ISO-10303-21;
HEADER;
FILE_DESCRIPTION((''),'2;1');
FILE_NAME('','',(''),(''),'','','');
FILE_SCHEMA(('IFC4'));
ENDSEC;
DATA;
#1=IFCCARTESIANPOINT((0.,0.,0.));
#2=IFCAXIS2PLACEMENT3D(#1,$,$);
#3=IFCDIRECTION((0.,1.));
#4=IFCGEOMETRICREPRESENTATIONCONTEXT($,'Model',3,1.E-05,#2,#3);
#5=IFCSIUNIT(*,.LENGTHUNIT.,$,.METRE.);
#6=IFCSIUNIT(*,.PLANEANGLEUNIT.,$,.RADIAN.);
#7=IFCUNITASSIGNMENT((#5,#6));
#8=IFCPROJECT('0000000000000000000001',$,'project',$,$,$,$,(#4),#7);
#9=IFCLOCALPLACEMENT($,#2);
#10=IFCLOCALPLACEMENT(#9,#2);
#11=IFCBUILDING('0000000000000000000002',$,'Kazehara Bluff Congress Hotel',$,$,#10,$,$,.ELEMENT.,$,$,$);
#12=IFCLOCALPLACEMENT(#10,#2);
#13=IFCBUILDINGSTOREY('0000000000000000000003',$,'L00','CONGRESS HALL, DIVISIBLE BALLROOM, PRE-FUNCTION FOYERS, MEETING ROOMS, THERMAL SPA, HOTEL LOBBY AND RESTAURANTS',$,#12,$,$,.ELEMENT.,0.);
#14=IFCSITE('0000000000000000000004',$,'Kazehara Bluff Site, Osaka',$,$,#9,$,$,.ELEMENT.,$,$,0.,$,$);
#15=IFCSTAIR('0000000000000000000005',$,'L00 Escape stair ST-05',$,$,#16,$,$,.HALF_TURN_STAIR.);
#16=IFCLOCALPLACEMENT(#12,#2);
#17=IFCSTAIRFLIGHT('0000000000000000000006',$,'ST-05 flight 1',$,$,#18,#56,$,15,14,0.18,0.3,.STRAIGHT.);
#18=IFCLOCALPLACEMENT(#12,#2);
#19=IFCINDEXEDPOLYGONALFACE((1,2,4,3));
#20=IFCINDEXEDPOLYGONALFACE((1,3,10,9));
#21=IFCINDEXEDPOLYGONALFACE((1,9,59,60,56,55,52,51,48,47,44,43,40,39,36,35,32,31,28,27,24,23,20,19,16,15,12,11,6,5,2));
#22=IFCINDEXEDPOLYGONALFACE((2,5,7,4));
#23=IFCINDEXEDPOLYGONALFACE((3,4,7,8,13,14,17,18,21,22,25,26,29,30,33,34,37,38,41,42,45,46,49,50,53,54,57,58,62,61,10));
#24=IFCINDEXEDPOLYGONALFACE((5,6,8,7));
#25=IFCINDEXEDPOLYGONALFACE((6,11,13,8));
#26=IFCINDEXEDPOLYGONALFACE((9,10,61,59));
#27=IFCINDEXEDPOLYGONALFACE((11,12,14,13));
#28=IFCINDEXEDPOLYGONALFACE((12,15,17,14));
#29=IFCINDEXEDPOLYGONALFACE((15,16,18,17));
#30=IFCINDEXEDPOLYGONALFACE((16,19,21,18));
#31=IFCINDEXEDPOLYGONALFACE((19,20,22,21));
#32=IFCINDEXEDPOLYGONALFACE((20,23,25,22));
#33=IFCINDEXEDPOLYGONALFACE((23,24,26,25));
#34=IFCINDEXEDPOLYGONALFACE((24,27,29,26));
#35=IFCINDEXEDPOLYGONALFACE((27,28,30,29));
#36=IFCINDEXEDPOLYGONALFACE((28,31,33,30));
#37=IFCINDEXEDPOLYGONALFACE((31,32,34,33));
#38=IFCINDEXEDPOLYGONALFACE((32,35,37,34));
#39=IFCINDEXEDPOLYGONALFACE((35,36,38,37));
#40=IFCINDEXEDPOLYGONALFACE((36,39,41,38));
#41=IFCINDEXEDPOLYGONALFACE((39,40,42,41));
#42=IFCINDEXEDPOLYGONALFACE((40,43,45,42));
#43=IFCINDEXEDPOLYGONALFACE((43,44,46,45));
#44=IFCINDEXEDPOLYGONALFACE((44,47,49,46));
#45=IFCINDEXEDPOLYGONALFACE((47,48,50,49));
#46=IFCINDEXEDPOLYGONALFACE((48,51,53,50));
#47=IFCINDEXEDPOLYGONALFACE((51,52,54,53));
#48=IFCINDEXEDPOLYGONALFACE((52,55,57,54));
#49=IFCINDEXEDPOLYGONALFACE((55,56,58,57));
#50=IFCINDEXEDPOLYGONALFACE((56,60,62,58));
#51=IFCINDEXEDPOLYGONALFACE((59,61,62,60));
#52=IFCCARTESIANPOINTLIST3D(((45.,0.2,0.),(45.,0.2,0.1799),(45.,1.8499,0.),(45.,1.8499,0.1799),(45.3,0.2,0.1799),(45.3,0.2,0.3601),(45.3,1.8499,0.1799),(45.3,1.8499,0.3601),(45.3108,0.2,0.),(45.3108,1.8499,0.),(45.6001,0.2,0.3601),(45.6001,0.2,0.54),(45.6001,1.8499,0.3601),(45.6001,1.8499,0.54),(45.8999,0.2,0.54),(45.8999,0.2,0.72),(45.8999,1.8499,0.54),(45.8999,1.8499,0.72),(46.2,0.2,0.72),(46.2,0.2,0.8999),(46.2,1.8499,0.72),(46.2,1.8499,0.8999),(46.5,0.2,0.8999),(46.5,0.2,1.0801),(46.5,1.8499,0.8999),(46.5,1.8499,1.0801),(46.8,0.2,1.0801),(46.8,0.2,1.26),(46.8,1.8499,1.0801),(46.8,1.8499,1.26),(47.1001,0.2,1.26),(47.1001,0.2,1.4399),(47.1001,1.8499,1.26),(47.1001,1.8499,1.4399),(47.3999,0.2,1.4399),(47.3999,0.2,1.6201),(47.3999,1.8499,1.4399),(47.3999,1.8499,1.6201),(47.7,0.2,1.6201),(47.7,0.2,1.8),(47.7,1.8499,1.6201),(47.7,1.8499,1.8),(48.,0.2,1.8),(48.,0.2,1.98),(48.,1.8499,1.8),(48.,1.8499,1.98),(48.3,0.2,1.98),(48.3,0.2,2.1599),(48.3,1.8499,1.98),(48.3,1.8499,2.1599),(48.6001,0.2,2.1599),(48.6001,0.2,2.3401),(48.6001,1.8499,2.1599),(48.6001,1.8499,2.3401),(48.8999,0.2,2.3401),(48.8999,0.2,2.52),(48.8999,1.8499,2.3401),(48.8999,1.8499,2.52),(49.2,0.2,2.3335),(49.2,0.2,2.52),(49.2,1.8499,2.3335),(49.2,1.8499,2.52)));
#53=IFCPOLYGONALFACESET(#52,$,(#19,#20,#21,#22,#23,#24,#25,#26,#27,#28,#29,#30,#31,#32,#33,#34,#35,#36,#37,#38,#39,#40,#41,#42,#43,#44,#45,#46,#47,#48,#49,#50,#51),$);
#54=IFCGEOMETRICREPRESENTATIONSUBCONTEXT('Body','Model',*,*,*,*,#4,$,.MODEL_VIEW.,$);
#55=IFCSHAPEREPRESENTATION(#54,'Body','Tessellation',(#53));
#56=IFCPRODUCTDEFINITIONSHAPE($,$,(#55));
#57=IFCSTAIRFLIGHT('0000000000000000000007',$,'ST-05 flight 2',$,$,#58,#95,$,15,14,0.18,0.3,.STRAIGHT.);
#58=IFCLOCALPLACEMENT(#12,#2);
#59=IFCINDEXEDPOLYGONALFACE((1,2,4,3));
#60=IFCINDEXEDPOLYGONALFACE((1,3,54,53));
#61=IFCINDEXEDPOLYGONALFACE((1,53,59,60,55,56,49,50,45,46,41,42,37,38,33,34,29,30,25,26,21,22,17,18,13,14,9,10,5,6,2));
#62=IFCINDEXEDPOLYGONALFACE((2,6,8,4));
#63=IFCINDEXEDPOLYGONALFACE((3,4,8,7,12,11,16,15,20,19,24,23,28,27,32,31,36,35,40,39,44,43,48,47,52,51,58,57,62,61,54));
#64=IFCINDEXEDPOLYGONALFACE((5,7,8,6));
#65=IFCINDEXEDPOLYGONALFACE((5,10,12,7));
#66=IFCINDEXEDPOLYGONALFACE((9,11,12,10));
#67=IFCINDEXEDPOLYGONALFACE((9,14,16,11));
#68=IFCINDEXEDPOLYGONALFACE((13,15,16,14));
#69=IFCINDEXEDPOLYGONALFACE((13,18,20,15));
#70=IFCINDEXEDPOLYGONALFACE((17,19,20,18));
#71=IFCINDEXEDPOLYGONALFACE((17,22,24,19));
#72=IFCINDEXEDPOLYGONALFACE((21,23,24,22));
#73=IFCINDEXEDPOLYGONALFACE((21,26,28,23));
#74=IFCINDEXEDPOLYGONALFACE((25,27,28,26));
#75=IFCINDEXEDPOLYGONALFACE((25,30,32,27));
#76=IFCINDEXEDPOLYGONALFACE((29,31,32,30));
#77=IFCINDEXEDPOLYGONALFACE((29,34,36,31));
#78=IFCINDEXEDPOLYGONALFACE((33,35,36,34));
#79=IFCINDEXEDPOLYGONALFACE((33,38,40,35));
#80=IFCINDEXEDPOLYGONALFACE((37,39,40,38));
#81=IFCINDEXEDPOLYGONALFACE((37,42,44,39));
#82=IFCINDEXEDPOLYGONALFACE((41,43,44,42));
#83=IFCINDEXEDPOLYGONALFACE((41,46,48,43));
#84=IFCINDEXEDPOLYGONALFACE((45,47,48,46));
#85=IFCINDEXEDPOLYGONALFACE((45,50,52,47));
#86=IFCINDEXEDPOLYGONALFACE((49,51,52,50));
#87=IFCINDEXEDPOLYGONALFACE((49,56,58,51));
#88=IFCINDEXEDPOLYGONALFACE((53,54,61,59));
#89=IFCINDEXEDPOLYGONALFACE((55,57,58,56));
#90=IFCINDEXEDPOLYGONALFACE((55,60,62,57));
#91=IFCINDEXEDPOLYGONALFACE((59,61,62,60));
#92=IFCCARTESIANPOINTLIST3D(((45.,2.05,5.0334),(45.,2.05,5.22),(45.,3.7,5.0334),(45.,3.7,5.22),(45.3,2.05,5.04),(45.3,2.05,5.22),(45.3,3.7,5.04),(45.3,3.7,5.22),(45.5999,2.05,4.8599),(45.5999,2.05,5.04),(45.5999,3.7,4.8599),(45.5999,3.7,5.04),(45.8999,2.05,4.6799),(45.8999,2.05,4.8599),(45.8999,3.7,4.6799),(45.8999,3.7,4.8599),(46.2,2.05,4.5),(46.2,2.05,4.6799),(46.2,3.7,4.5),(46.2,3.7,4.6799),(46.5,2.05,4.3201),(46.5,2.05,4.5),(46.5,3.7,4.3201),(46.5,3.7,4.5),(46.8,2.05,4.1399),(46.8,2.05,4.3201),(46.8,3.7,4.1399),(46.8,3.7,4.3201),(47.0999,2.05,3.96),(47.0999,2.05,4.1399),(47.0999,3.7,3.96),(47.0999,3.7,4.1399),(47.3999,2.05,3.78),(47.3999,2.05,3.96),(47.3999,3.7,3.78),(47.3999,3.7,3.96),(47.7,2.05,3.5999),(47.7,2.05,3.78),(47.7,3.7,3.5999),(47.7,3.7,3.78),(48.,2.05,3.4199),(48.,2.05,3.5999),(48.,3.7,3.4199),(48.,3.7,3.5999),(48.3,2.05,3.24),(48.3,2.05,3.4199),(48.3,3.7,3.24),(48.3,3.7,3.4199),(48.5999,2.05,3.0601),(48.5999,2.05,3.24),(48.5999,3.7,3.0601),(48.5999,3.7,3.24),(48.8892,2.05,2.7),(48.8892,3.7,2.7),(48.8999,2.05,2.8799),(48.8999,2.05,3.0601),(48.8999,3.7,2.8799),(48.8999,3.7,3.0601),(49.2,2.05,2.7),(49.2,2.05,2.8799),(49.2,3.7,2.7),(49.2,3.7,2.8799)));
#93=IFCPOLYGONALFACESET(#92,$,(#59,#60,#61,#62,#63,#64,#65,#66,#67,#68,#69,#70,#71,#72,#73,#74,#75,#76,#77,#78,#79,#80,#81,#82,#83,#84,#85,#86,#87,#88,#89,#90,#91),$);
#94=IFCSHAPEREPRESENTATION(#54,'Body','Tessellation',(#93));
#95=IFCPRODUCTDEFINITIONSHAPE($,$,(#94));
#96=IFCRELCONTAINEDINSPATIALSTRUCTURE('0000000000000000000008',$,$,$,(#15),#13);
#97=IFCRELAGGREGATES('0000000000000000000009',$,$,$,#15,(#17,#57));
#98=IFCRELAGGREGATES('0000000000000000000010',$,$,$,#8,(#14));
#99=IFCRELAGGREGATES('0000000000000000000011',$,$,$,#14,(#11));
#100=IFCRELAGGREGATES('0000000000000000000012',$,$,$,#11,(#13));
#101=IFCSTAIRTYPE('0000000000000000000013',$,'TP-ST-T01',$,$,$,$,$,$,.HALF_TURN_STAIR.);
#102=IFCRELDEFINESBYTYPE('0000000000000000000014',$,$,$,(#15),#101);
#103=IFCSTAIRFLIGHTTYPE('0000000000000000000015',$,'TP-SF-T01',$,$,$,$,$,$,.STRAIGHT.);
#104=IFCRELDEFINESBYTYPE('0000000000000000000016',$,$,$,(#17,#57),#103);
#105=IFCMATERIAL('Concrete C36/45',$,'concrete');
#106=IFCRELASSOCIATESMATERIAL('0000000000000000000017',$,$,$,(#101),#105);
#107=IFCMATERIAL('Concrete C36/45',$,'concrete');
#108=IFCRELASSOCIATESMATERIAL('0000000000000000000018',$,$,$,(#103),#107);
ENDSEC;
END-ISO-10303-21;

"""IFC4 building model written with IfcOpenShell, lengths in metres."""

from ifc_helpers import new_model, si_unit, direction, frame, origin, place, context, subcontext, project, spatial, polyline, outline, extrude, material, type_object, element, aggregate, save


model = new_model("IFC4")

# Units and contexts
model_context = context("Model", 3, precision=1e-05, world=origin(), true_north=direction((0.0, 1.0)))
body_context = subcontext(model_context, "Body", "Model", "MODEL_VIEW")
ifc_project = project(units=[si_unit("LENGTHUNIT", "METRE"), si_unit("PLANEANGLEUNIT", "RADIAN")], contexts=[model_context])

# Site, building, storey
site_placement = place(None, origin())
site = spatial("IfcSite", under=ifc_project, at=site_placement, Name="Kazehara Bluff Site, Osaka", CompositionType="ELEMENT", RefElevation=0.0)
building_placement = place(site_placement, origin())
building = spatial("IfcBuilding", under=site, at=building_placement, Name="Kazehara Bluff Congress Hotel", CompositionType="ELEMENT")
storey_placement = place(building_placement, origin())
storey = spatial("IfcBuildingStorey", under=building, at=storey_placement, Name="L00", Description="CONGRESS HALL, DIVISIBLE BALLROOM, PRE-FUNCTION FOYERS, MEETING ROOMS, THERMAL SPA, HOTEL LOBBY AND RESTAURANTS", CompositionType="ELEMENT", Elevation=0.0)

# Stair, stair flights
ifc_material_1 = material(Name="Concrete C36/45", Category="concrete")
stair_type = type_object("IfcStairType", Name="TP-ST-T01", PredefinedType="HALF_TURN_STAIR", material=ifc_material_1)
stair_placement = place(storey_placement, origin())
stair = element("IfcStair", 1, at=stair_placement, inside=storey, type_object=stair_type, Name="L00 Escape stair ST-05", PredefinedType="HALF_TURN_STAIR")
ifc_material_2 = material(Name="Concrete C36/45", Category="concrete")
stair_flight_type = type_object("IfcStairFlightType", Name="TP-SF-T01", PredefinedType="STRAIGHT", material=ifc_material_2)
stair_flight_1_placement = place(storey_placement, frame((45.0, 1.0249, 0.0), z_axis=(0.0, 0.0, 1.0), x_axis=(1.0, 0.0, 0.0)))
stair_flight_1 = element("IfcStairFlight", 2, at=stair_flight_1_placement, type_object=stair_flight_type, Name="ST-05 flight 1", NumberOfRisers=15, NumberOfTreads=14, PredefinedType="STRAIGHT", RiserHeight=0.18, TreadLength=0.3, context=body_context, shape_type="SweptSolid", body=[
    extrude(outline(polyline([(0.0, 0.0), (0.0, 0.1799), (0.3, 0.1799), (0.3, 0.3601), (0.6001, 0.3601), (0.6001, 0.54), (0.8999, 0.54), (0.8999, 0.72), (1.2, 0.72), (1.2, 0.8999), (1.5, 0.8999), (1.5, 1.0801), (1.8, 1.0801), (1.8, 1.26), (2.1001, 1.26), (2.1001, 1.4399), (2.3999, 1.4399), (2.3999, 1.6201), (2.7, 1.6201), (2.7, 1.8), (3.0, 1.8), (3.0, 1.98), (3.3, 1.98), (3.3, 2.1599), (3.6001, 2.1599), (3.6001, 2.3401), (3.8999, 2.3401), (3.8999, 2.52), (4.2, 2.52), (4.2, 2.7), (4.2, 2.3335), (0.3108, 0.0), (0.0, 0.0)])), frame((0.0, 0.825, 0.0), z_axis=(0.0, -1.0, 0.0), x_axis=(1.0, 0.0, 0.0)), (0.0, 0.0, 1.0), 1.6499),
])
stair_flight_2_placement = place(storey_placement, frame((49.2, 2.875, 2.7), z_axis=(0.0, 0.0, 1.0), x_axis=(-1.0, 0.0, 0.0)))
stair_flight_2 = element("IfcStairFlight", 3, at=stair_flight_2_placement, type_object=stair_flight_type, Name="ST-05 flight 2", NumberOfRisers=15, NumberOfTreads=14, PredefinedType="STRAIGHT", RiserHeight=0.18, TreadLength=0.3, context=body_context, shape_type="SweptSolid", body=[
    extrude(outline(polyline([(0.0, 0.0), (0.0, 0.1799), (0.3, 0.1799), (0.3, 0.3601), (0.6001, 0.3601), (0.6001, 0.54), (0.8999, 0.54), (0.8999, 0.72), (1.2, 0.72), (1.2, 0.8999), (1.5, 0.8999), (1.5, 1.0801), (1.8, 1.0801), (1.8, 1.26), (2.1001, 1.26), (2.1001, 1.4399), (2.3999, 1.4399), (2.3999, 1.6201), (2.7, 1.6201), (2.7, 1.8), (3.0, 1.8), (3.0, 1.98), (3.3, 1.98), (3.3, 2.1599), (3.6001, 2.1599), (3.6001, 2.3401), (3.8999, 2.3401), (3.8999, 2.52), (4.2, 2.52), (4.2, 2.7), (4.2, 2.3335), (0.3108, 0.0), (0.0, 0.0)])), frame((0.0, 0.825, 0.0), z_axis=(0.0, -1.0, 0.0), x_axis=(1.0, 0.0, 0.0)), (0.0, 0.0, 1.0), 1.6499),
])
aggregate(stair, [stair_flight_1, stair_flight_2])

save(model, "model.ifc")
